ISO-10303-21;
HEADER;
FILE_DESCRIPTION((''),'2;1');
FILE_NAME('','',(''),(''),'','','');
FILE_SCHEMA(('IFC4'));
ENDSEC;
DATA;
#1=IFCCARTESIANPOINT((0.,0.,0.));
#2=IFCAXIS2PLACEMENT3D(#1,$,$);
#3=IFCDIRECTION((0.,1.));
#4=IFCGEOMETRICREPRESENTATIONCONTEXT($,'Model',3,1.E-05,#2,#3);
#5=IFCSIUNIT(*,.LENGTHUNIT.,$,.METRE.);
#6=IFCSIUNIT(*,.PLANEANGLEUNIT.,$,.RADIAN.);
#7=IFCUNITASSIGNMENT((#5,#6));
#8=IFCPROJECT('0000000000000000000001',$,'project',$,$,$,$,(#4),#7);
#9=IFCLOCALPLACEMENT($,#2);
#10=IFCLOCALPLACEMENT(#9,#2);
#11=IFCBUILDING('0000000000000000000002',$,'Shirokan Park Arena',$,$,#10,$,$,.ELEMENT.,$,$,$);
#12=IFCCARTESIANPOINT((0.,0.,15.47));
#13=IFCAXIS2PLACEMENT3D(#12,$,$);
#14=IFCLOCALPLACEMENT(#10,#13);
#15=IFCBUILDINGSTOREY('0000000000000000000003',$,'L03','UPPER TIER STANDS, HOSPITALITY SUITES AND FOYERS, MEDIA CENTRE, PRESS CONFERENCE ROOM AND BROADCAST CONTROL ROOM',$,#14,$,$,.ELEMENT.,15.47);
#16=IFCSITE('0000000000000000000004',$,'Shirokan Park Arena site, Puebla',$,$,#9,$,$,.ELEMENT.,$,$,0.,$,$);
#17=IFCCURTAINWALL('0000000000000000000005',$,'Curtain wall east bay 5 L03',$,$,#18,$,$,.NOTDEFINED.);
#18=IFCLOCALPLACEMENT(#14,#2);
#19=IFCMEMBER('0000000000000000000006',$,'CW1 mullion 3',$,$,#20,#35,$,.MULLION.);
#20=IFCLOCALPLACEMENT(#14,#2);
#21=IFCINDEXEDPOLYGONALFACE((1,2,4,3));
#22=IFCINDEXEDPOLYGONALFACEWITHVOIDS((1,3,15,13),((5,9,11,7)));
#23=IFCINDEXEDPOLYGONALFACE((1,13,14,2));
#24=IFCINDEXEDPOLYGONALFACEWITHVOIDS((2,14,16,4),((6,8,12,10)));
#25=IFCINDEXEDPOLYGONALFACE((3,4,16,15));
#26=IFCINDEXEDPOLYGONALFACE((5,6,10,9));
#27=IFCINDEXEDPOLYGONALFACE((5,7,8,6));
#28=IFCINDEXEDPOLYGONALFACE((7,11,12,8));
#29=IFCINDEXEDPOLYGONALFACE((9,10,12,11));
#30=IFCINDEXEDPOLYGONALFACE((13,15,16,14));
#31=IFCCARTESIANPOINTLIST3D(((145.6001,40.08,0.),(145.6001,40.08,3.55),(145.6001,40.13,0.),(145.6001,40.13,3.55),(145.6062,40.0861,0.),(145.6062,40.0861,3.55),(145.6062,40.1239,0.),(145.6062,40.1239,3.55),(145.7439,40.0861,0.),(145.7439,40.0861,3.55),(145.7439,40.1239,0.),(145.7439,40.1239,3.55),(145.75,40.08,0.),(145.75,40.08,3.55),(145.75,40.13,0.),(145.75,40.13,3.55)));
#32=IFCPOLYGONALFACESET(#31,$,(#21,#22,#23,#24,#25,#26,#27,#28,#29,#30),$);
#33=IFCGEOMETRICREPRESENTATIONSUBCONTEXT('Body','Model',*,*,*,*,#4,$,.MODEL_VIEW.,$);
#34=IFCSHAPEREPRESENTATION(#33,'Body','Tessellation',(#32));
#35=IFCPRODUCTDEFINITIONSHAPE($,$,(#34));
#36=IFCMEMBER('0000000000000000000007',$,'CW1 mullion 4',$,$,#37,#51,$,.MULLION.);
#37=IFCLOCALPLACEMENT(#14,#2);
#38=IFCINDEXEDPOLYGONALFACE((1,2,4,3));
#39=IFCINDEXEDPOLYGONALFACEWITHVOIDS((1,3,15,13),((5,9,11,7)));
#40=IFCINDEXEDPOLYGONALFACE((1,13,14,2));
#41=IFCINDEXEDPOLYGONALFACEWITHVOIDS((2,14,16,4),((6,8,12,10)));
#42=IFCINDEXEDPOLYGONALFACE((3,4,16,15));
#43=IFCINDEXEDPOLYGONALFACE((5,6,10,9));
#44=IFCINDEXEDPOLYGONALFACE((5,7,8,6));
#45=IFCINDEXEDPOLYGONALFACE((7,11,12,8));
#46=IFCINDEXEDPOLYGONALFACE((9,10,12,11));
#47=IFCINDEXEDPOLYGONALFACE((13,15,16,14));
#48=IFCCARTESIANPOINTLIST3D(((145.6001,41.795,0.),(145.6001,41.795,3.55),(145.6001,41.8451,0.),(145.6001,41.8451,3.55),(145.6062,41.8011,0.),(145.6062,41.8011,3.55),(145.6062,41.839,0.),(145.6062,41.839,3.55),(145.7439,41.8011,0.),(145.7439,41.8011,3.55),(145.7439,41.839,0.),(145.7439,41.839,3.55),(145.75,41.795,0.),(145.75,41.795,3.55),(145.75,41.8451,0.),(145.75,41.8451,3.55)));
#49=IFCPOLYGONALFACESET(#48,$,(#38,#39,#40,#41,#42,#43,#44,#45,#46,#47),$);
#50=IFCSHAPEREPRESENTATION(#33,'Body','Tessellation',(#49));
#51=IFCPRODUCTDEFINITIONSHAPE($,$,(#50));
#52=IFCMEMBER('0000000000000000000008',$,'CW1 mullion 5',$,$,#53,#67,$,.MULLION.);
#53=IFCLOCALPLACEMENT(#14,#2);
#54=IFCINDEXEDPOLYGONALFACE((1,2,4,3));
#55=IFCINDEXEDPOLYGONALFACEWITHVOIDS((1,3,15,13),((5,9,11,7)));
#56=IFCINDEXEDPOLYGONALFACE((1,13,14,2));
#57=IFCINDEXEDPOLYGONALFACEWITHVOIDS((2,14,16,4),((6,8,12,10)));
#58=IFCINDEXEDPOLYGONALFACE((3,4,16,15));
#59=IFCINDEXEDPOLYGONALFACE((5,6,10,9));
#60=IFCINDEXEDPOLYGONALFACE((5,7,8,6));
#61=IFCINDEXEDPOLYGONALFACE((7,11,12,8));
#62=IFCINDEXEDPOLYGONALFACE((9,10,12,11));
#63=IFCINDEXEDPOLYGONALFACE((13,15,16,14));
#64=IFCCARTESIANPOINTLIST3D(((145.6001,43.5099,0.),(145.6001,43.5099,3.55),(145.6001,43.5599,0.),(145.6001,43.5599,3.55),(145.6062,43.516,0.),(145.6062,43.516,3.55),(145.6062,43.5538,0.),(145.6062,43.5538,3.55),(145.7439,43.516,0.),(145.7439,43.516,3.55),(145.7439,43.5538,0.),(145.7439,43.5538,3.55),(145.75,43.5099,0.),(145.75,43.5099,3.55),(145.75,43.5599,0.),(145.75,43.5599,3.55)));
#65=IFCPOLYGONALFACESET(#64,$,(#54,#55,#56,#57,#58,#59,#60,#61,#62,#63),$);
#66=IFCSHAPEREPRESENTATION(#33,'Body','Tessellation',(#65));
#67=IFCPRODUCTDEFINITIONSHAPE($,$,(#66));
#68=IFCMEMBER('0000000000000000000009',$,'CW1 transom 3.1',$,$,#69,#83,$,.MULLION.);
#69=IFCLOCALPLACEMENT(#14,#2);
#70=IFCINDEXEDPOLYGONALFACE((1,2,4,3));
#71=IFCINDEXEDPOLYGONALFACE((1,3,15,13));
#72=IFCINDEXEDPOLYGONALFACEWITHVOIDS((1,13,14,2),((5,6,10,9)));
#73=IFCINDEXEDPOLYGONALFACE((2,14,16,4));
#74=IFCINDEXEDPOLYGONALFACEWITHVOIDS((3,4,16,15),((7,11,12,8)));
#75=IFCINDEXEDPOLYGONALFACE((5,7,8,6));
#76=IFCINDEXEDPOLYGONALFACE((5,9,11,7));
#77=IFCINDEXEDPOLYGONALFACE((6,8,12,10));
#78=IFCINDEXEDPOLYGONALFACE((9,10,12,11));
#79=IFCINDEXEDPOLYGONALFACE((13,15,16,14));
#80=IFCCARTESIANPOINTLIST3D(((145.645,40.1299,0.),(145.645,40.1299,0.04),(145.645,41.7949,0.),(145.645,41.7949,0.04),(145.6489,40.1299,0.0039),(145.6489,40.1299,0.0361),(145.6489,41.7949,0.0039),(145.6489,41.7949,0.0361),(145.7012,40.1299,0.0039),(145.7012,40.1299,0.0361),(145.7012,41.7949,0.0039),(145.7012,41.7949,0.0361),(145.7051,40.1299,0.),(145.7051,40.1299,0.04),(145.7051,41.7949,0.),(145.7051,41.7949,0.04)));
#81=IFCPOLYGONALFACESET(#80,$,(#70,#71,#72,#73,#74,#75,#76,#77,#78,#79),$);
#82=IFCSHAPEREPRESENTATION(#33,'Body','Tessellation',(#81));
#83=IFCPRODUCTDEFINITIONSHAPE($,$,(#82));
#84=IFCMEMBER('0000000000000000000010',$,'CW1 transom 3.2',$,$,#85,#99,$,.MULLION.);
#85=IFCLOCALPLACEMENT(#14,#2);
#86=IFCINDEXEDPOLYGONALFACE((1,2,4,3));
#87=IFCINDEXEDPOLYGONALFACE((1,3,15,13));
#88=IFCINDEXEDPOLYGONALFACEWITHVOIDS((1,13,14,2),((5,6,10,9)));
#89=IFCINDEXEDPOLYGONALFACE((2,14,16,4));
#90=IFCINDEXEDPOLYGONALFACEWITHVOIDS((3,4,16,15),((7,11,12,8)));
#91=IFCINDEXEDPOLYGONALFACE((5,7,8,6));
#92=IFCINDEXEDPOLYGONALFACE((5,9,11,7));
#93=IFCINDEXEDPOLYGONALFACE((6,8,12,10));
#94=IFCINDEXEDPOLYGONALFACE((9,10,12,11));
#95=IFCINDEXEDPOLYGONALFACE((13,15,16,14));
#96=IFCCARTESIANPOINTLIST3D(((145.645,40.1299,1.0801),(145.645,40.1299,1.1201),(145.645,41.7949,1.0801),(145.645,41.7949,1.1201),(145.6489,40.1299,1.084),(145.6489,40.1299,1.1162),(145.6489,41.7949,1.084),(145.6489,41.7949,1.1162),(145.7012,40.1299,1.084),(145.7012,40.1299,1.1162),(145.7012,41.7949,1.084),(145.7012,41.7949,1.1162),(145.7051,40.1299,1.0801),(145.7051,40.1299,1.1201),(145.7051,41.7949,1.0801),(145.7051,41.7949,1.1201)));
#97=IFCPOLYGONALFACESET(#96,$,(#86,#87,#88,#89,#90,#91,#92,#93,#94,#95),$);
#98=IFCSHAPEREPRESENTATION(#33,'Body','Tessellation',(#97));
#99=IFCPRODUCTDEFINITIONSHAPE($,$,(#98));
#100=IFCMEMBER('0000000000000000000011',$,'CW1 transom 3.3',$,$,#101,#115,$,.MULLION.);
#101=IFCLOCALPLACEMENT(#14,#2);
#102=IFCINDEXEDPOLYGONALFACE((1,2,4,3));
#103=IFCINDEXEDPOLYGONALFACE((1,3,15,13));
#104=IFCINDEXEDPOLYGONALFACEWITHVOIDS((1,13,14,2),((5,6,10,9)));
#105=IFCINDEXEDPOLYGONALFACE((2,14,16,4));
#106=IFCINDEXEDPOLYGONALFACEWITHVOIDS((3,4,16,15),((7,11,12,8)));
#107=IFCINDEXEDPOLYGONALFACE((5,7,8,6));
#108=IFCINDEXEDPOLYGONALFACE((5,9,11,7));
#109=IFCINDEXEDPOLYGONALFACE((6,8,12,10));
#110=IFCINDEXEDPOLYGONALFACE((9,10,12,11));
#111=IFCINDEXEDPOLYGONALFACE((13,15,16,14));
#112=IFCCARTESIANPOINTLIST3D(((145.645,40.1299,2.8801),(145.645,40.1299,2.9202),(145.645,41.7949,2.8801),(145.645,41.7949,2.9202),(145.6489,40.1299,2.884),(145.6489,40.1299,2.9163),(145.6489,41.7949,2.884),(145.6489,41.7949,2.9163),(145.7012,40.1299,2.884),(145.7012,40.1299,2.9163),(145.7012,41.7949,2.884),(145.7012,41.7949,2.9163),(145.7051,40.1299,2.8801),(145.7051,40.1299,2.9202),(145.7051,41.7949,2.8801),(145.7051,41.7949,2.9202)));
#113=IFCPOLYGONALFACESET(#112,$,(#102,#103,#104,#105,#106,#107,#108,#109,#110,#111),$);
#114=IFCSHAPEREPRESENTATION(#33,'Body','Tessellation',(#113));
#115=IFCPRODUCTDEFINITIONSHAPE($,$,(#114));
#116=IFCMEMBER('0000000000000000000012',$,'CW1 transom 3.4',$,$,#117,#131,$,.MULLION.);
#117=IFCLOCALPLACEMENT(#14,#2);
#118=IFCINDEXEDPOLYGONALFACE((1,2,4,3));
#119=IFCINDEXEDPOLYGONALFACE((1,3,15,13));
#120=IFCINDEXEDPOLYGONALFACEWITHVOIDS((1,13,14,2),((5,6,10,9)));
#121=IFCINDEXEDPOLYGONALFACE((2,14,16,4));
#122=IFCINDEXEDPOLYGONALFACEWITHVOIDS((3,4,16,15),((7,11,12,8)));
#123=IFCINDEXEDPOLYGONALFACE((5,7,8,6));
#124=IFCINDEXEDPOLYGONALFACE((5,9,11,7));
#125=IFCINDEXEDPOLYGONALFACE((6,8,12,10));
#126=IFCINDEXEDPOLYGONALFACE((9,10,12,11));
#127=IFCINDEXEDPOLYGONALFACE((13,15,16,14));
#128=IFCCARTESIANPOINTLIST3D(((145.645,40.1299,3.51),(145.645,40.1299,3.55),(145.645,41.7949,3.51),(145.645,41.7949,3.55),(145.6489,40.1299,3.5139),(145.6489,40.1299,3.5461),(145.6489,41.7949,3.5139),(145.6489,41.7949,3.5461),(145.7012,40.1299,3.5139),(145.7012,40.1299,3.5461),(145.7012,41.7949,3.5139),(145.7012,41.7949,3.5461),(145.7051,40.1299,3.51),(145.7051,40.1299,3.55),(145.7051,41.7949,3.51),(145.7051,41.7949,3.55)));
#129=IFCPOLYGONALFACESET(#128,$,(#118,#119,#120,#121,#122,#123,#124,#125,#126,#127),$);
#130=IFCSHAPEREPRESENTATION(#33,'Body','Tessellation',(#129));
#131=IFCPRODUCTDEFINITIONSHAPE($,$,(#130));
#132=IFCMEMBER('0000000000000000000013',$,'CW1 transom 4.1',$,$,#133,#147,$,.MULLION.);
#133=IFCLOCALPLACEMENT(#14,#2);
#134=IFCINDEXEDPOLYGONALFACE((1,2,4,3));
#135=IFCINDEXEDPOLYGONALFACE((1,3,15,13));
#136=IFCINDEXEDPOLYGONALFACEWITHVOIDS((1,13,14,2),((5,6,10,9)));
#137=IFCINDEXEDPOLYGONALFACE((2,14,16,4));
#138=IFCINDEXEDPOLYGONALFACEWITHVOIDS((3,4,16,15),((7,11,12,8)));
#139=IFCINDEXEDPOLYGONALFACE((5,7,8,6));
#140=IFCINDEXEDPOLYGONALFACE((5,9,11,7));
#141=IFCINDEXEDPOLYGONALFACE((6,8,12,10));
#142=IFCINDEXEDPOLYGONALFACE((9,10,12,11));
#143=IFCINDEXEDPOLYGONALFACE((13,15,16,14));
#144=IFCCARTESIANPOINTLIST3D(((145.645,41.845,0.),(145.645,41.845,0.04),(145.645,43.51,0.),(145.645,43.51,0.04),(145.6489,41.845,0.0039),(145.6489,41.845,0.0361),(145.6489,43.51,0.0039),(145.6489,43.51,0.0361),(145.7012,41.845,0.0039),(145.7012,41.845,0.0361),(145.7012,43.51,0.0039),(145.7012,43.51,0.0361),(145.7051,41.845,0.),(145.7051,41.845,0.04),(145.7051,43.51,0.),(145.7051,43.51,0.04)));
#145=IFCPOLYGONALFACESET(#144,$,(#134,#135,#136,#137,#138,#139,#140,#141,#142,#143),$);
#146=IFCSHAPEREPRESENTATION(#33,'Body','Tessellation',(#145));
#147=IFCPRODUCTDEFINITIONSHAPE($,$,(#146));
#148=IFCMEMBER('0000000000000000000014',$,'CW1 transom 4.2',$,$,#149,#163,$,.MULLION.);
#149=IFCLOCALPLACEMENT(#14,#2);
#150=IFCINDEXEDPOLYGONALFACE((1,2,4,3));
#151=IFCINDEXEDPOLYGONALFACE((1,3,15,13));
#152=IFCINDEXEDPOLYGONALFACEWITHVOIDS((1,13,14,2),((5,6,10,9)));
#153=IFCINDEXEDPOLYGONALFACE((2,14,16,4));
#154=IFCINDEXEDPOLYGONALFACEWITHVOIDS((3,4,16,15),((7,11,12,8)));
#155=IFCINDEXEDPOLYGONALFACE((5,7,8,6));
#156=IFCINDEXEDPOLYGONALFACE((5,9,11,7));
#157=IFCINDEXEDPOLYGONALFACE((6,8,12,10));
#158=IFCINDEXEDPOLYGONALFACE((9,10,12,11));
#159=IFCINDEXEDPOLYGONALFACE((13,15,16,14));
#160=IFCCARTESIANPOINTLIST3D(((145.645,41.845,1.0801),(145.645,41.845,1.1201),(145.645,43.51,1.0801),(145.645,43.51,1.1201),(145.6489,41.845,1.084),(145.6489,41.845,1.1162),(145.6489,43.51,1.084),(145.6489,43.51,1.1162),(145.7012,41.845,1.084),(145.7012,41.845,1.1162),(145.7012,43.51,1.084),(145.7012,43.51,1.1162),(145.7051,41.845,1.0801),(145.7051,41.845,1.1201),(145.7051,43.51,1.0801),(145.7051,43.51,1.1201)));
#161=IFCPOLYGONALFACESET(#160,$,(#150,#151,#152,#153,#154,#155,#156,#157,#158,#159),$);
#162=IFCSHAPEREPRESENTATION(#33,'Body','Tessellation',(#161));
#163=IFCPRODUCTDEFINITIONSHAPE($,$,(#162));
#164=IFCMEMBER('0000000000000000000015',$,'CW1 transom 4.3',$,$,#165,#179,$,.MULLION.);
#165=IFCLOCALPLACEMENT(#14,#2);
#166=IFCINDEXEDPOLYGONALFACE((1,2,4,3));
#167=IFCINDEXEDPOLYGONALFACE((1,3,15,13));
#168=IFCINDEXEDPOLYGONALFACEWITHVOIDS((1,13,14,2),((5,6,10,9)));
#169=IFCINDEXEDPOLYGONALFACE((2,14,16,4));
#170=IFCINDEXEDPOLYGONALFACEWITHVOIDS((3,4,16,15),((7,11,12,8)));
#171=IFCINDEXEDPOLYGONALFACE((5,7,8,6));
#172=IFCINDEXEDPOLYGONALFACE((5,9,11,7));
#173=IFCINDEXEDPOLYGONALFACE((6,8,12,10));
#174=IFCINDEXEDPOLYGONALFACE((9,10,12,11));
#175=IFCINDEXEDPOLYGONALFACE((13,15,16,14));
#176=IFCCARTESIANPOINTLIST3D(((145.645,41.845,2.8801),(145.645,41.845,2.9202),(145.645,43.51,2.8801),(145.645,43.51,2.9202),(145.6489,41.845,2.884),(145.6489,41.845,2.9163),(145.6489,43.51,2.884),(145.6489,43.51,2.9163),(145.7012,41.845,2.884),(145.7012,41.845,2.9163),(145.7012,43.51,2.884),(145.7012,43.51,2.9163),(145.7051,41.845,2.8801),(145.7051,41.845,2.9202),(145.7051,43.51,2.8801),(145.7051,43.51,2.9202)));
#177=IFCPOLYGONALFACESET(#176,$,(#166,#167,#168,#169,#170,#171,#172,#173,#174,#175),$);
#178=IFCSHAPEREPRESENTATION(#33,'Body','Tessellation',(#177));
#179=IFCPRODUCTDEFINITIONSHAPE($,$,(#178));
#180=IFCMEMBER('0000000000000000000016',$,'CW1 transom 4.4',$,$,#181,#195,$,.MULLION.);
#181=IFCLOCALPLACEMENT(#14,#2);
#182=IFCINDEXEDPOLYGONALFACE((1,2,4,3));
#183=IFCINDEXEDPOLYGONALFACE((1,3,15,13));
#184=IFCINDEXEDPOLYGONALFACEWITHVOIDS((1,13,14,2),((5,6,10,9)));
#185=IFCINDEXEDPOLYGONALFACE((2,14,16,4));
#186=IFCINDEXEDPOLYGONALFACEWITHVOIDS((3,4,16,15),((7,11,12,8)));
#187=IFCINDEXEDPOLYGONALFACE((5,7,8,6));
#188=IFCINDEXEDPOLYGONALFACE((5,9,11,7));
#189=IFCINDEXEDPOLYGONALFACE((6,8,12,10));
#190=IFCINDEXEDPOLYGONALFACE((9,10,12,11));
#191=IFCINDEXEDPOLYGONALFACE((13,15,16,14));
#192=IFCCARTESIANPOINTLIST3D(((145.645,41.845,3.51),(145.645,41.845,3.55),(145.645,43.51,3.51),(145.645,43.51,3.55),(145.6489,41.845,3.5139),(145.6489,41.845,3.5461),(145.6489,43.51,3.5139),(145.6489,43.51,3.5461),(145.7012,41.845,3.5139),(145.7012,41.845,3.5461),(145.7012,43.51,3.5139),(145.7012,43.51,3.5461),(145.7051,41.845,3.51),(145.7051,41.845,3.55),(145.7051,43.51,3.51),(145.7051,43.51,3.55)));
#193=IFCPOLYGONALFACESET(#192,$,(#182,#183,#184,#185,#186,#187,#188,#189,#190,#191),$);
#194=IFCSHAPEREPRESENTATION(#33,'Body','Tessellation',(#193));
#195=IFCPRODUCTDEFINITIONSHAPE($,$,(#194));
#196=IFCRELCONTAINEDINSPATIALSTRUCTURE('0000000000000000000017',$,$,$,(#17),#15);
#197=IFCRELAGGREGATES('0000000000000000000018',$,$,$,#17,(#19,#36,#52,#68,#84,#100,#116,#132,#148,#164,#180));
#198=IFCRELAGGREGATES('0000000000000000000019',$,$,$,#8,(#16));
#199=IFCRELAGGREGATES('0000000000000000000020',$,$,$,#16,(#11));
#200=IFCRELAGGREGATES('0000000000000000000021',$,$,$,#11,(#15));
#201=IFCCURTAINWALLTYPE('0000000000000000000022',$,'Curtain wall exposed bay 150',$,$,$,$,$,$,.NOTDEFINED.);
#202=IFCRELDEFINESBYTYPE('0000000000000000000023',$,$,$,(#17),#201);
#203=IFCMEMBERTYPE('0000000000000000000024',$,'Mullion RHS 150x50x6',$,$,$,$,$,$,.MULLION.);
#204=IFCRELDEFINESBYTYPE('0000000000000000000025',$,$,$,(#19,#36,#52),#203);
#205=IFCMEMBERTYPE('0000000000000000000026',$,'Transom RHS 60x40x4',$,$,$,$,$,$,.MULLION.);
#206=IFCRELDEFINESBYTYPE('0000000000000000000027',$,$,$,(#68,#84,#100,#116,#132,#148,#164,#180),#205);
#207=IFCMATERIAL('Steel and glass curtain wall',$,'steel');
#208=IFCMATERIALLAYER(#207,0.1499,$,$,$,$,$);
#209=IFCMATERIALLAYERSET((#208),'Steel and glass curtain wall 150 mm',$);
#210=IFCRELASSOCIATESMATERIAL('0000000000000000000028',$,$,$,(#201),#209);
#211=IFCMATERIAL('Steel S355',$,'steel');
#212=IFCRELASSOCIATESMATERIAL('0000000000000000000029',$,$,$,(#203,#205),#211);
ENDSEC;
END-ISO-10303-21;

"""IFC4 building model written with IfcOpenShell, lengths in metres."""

from ifc_helpers import new_model, si_unit, direction, frame, origin, origin_2d, place, context, subcontext, project, spatial, hollow_rectangle, extrude, material, layer, layer_set, material_profile, profile_set, type_object, element, aggregate, save


model = new_model("IFC4")

# Units and contexts
model_context = context("Model", 3, precision=1e-05, world=origin(), true_north=direction((0.0, 1.0)))
body_context = subcontext(model_context, "Body", "Model", "MODEL_VIEW")
ifc_project = project(units=[si_unit("LENGTHUNIT", "METRE"), si_unit("PLANEANGLEUNIT", "RADIAN")], contexts=[model_context])

# Site, building, storey
site_placement = place(None, origin())
site = spatial("IfcSite", under=ifc_project, at=site_placement, Name="Shirokan Park Arena site, Puebla", CompositionType="ELEMENT", RefElevation=0.0)
building_placement = place(site_placement, origin())
building = spatial("IfcBuilding", under=site, at=building_placement, Name="Shirokan Park Arena", CompositionType="ELEMENT")
storey_placement = place(building_placement, frame((0.0, 0.0, 15.47)))
storey = spatial("IfcBuildingStorey", under=building, at=storey_placement, Name="L03", Description="UPPER TIER STANDS, HOSPITALITY SUITES AND FOYERS, MEDIA CENTRE, PRESS CONFERENCE ROOM AND BROADCAST CONTROL ROOM", CompositionType="ELEMENT", Elevation=15.47)

# Curtain wall, members
ifc_material_1 = material(Name="Steel and glass curtain wall", Category="steel")
ifc_layer_1 = layer(ifc_material_1, 0.1499)
ifc_layer_set_1 = layer_set([ifc_layer_1], Name="Steel and glass curtain wall 150 mm")
curtain_wall_type = type_object("IfcCurtainWallType", Name="Curtain wall exposed bay 150", PredefinedType="NOTDEFINED", material=ifc_layer_set_1)
curtain_wall_placement = place(storey_placement, origin())
curtain_wall = element("IfcCurtainWall", 1, at=curtain_wall_placement, inside=storey, type_object=curtain_wall_type, Name="Curtain wall east bay 5 L03", PredefinedType="NOTDEFINED")
ifc_material_2 = material(Name="Steel S355", Category="steel")
ifc_material_profile_1 = material_profile(ifc_material_2, hollow_rectangle(XDim=0.1499, YDim=0.05, WallThickness=0.0061, at=origin_2d()), Name="RHS 150x50x6")
ifc_profile_set_1 = profile_set([ifc_material_profile_1], Name="Steel S355")
member_type_1 = type_object("IfcMemberType", Name="Mullion RHS 150x50x6", PredefinedType="MULLION", material=ifc_profile_set_1)
member_1_placement = place(storey_placement, frame((145.675, 40.105, 0.0), z_axis=(0.0, 0.0, 1.0), x_axis=(-1.0, 0.0, 0.0)))
member_1 = element("IfcMember", 2, at=member_1_placement, type_object=member_type_1, Name="CW1 mullion 3", PredefinedType="MULLION", context=body_context, shape_type="SweptSolid", body=[
    extrude(hollow_rectangle(XDim=0.1499, YDim=0.05, WallThickness=0.0061, at=origin_2d()), origin(), (0.0, 0.0, 1.0), 3.55),
])
member_2_placement = place(storey_placement, frame((145.675, 41.8201, 0.0), z_axis=(0.0, 0.0, 1.0), x_axis=(-1.0, 0.0, 0.0)))
member_2 = element("IfcMember", 3, at=member_2_placement, type_object=member_type_1, Name="CW1 mullion 4", PredefinedType="MULLION", context=body_context, shape_type="SweptSolid", body=[
    extrude(hollow_rectangle(XDim=0.1499, YDim=0.05, WallThickness=0.0061, at=origin_2d()), origin(), (0.0, 0.0, 1.0), 3.55),
])
member_3_placement = place(storey_placement, frame((145.675, 43.5349, 0.0), z_axis=(0.0, 0.0, 1.0), x_axis=(-1.0, 0.0, 0.0)))
member_3 = element("IfcMember", 4, at=member_3_placement, type_object=member_type_1, Name="CW1 mullion 5", PredefinedType="MULLION", context=body_context, shape_type="SweptSolid", body=[
    extrude(hollow_rectangle(XDim=0.1499, YDim=0.05, WallThickness=0.0061, at=origin_2d()), origin(), (0.0, 0.0, 1.0), 3.55),
])
ifc_material_profile_2 = material_profile(ifc_material_2, hollow_rectangle(XDim=0.0601, YDim=0.04, WallThickness=0.0039, at=origin_2d()), Name="RHS 60x40x4")
ifc_profile_set_2 = profile_set([ifc_material_profile_2], Name="Steel S355")
member_type_2 = type_object("IfcMemberType", Name="Transom RHS 60x40x4", PredefinedType="MULLION", material=ifc_profile_set_2)
member_4_placement = place(storey_placement, frame((145.675, 40.1299, 0.02), z_axis=(0.0, 1.0, 0.0), x_axis=(-1.0, 0.0, 0.0)))
member_4 = element("IfcMember", 5, at=member_4_placement, type_object=member_type_2, Name="CW1 transom 3.1", PredefinedType="MULLION", context=body_context, shape_type="SweptSolid", body=[
    extrude(hollow_rectangle(XDim=0.0601, YDim=0.04, WallThickness=0.0039, at=origin_2d()), origin(), (0.0, 0.0, 1.0), 1.665),
])
member_5_placement = place(storey_placement, frame((145.675, 40.1299, 1.1001), z_axis=(0.0, 1.0, 0.0), x_axis=(-1.0, 0.0, 0.0)))
member_5 = element("IfcMember", 6, at=member_5_placement, type_object=member_type_2, Name="CW1 transom 3.2", PredefinedType="MULLION", context=body_context, shape_type="SweptSolid", body=[
    extrude(hollow_rectangle(XDim=0.0601, YDim=0.04, WallThickness=0.0039, at=origin_2d()), origin(), (0.0, 0.0, 1.0), 1.665),
])
member_6_placement = place(storey_placement, frame((145.675, 40.1299, 2.9001), z_axis=(0.0, 1.0, 0.0), x_axis=(-1.0, 0.0, 0.0)))
member_6 = element("IfcMember", 7, at=member_6_placement, type_object=member_type_2, Name="CW1 transom 3.3", PredefinedType="MULLION", context=body_context, shape_type="SweptSolid", body=[
    extrude(hollow_rectangle(XDim=0.0601, YDim=0.04, WallThickness=0.0039, at=origin_2d()), origin(), (0.0, 0.0, 1.0), 1.665),
])
member_7_placement = place(storey_placement, frame((145.675, 40.1299, 3.53), z_axis=(0.0, 1.0, 0.0), x_axis=(-1.0, 0.0, 0.0)))
member_7 = element("IfcMember", 8, at=member_7_placement, type_object=member_type_2, Name="CW1 transom 3.4", PredefinedType="MULLION", context=body_context, shape_type="SweptSolid", body=[
    extrude(hollow_rectangle(XDim=0.0601, YDim=0.04, WallThickness=0.0039, at=origin_2d()), origin(), (0.0, 0.0, 1.0), 1.665),
])
member_8_placement = place(storey_placement, frame((145.675, 41.845, 0.02), z_axis=(0.0, 1.0, 0.0), x_axis=(-1.0, 0.0, 0.0)))
member_8 = element("IfcMember", 9, at=member_8_placement, type_object=member_type_2, Name="CW1 transom 4.1", PredefinedType="MULLION", context=body_context, shape_type="SweptSolid", body=[
    extrude(hollow_rectangle(XDim=0.0601, YDim=0.04, WallThickness=0.0039, at=origin_2d()), origin(), (0.0, 0.0, 1.0), 1.665),
])
member_9_placement = place(storey_placement, frame((145.675, 41.845, 1.1001), z_axis=(0.0, 1.0, 0.0), x_axis=(-1.0, 0.0, 0.0)))
member_9 = element("IfcMember", 10, at=member_9_placement, type_object=member_type_2, Name="CW1 transom 4.2", PredefinedType="MULLION", context=body_context, shape_type="SweptSolid", body=[
    extrude(hollow_rectangle(XDim=0.0601, YDim=0.04, WallThickness=0.0039, at=origin_2d()), origin(), (0.0, 0.0, 1.0), 1.665),
])
member_10_placement = place(storey_placement, frame((145.675, 41.845, 2.9001), z_axis=(0.0, 1.0, 0.0), x_axis=(-1.0, 0.0, 0.0)))
member_10 = element("IfcMember", 11, at=member_10_placement, type_object=member_type_2, Name="CW1 transom 4.3", PredefinedType="MULLION", context=body_context, shape_type="SweptSolid", body=[
    extrude(hollow_rectangle(XDim=0.0601, YDim=0.04, WallThickness=0.0039, at=origin_2d()), origin(), (0.0, 0.0, 1.0), 1.665),
])
member_11_placement = place(storey_placement, frame((145.675, 41.845, 3.53), z_axis=(0.0, 1.0, 0.0), x_axis=(-1.0, 0.0, 0.0)))
member_11 = element("IfcMember", 12, at=member_11_placement, type_object=member_type_2, Name="CW1 transom 4.4", PredefinedType="MULLION", context=body_context, shape_type="SweptSolid", body=[
    extrude(hollow_rectangle(XDim=0.0601, YDim=0.04, WallThickness=0.0039, at=origin_2d()), origin(), (0.0, 0.0, 1.0), 1.665),
])
aggregate(curtain_wall, [member_1, member_2, member_3, member_4, member_5, member_6, member_7, member_8, member_9, member_10, member_11])

save(model, "model.ifc")
